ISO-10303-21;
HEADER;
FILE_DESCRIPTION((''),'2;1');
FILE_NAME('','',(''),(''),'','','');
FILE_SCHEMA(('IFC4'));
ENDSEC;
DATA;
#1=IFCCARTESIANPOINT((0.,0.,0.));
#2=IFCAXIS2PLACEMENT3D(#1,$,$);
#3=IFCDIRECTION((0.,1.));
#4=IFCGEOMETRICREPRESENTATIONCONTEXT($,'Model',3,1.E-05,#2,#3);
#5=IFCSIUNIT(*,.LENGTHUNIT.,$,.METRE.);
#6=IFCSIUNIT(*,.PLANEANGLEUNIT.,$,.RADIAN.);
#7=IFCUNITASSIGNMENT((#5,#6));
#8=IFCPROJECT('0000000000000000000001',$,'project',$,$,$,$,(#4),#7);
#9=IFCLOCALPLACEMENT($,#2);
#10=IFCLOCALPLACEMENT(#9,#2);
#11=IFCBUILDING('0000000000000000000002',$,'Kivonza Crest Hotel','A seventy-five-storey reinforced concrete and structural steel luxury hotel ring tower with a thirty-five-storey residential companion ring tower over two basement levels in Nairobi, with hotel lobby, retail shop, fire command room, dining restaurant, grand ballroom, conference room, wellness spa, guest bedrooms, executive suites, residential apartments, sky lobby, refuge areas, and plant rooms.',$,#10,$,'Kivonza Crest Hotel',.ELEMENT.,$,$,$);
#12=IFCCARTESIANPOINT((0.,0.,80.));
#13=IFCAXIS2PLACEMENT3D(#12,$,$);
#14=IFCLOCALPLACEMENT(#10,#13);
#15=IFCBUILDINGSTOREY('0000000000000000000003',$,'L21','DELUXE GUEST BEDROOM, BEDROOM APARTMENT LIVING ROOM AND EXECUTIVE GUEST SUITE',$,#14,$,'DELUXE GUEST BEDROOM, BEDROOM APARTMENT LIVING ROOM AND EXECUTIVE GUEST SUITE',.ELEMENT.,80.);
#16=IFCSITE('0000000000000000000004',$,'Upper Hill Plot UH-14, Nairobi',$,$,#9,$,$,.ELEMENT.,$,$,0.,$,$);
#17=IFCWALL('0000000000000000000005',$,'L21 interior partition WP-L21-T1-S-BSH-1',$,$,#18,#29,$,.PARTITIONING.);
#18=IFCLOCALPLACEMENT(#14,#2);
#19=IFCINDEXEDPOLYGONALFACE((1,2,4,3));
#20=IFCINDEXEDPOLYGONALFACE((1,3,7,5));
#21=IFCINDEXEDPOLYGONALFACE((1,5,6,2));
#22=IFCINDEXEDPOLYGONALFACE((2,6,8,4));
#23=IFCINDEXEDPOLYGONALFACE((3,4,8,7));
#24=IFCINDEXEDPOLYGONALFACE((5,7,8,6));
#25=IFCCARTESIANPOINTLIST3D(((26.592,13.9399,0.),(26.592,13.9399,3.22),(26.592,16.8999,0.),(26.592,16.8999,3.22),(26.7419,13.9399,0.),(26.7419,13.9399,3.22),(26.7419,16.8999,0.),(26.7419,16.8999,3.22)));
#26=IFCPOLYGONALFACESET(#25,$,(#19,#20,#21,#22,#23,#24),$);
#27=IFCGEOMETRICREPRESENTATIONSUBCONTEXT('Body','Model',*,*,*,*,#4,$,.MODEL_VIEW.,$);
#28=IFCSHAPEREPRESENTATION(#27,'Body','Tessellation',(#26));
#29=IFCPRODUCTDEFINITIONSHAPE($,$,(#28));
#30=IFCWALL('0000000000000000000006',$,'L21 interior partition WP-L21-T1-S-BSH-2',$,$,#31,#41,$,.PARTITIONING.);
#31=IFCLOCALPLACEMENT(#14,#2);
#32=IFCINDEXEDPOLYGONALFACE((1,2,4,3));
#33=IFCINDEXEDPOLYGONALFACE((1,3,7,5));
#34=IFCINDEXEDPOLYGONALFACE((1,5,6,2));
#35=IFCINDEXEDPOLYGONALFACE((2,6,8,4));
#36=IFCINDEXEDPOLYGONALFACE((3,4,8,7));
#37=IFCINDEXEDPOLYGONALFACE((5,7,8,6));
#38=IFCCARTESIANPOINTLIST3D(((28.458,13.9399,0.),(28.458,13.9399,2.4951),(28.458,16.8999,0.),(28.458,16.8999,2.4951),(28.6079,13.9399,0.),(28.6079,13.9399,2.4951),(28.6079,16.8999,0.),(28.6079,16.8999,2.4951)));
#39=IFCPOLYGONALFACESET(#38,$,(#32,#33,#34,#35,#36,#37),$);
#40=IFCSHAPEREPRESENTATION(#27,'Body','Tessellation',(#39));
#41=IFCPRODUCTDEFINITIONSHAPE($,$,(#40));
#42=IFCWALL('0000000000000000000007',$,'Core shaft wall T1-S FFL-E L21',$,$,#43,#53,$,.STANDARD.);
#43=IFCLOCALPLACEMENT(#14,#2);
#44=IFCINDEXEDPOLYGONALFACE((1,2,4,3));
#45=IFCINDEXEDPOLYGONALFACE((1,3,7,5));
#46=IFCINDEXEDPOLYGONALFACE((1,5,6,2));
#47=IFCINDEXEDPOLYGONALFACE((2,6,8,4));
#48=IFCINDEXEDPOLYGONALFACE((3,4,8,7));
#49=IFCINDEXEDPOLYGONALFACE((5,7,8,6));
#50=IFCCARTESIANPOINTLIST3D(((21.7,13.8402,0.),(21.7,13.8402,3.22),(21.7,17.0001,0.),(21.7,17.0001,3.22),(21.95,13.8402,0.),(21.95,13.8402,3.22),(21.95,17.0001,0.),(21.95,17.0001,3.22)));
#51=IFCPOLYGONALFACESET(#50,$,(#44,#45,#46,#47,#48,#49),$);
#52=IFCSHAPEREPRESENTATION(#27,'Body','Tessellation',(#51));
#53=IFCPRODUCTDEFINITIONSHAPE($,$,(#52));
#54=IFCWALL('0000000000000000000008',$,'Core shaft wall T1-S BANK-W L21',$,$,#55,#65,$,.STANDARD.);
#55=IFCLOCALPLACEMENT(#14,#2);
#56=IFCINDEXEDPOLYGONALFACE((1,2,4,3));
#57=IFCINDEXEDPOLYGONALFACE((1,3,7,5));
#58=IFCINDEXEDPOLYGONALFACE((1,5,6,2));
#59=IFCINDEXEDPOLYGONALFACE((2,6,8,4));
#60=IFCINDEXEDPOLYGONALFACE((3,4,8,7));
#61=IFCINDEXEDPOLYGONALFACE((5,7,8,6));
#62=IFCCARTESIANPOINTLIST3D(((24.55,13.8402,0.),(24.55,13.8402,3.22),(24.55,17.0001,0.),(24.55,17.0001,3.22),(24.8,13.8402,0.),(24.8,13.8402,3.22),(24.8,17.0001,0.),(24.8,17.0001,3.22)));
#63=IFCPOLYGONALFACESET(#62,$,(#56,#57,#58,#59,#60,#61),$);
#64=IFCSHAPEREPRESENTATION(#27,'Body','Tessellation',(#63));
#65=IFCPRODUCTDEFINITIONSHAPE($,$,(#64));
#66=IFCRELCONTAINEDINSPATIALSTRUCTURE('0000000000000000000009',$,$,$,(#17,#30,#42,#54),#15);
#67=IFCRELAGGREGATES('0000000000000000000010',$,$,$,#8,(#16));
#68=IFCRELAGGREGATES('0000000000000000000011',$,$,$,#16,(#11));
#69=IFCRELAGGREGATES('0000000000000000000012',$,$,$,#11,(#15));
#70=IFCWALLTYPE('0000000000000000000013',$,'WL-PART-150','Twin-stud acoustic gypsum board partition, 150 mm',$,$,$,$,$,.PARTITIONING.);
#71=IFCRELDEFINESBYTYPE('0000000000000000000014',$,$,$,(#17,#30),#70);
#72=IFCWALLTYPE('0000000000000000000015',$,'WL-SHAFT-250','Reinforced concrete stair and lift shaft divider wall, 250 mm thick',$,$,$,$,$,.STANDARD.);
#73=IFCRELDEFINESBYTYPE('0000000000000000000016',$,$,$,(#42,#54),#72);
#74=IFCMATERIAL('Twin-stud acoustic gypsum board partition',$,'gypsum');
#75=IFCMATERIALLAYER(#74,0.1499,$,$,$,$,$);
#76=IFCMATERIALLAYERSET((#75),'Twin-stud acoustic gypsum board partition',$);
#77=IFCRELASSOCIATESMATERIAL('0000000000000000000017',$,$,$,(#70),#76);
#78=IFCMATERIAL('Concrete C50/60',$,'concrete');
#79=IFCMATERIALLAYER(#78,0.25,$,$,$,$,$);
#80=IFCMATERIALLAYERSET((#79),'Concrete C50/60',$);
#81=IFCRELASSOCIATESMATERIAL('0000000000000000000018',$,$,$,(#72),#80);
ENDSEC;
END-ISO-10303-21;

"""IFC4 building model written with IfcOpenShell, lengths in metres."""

from ifc_helpers import new_model, si_unit, direction, frame, frame_2d, origin, place, context, subcontext, project, spatial, rectangle, extrude, material, layer, layer_set, type_object, element, save


model = new_model("IFC4")

# Units and contexts
model_context = context("Model", 3, precision=1e-05, world=origin(), true_north=direction((0.0, 1.0)))
body_context = subcontext(model_context, "Body", "Model", "MODEL_VIEW")
ifc_project = project(units=[si_unit("LENGTHUNIT", "METRE"), si_unit("PLANEANGLEUNIT", "RADIAN")], contexts=[model_context])

# Site, building, storey
site_placement = place(None, origin())
site = spatial("IfcSite", under=ifc_project, at=site_placement, Name="Upper Hill Plot UH-14, Nairobi", CompositionType="ELEMENT", RefElevation=0.0)
building_placement = place(site_placement, origin())
building = spatial("IfcBuilding", under=site, at=building_placement, Name="Kivonza Crest Hotel", Description="A seventy-five-storey reinforced concrete and structural steel luxury hotel ring tower with a thirty-five-storey residential companion ring tower over two basement levels in Nairobi, with hotel lobby, retail shop, fire command room, dining restaurant, grand ballroom, conference room, wellness spa, guest bedrooms, executive suites, residential apartments, sky lobby, refuge areas, and plant rooms.", LongName="Kivonza Crest Hotel", CompositionType="ELEMENT")
storey_placement = place(building_placement, frame((0.0, 0.0, 80.0)))
storey = spatial("IfcBuildingStorey", under=building, at=storey_placement, Name="L21", Description="DELUXE GUEST BEDROOM, BEDROOM APARTMENT LIVING ROOM AND EXECUTIVE GUEST SUITE", LongName="DELUXE GUEST BEDROOM, BEDROOM APARTMENT LIVING ROOM AND EXECUTIVE GUEST SUITE", CompositionType="ELEMENT", Elevation=80.0)

# Walls
ifc_material_1 = material(Name="Twin-stud acoustic gypsum board partition", Category="gypsum")
ifc_layer_1 = layer(ifc_material_1, 0.1499)
ifc_layer_set_1 = layer_set([ifc_layer_1], Name="Twin-stud acoustic gypsum board partition")
wall_type_1 = type_object("IfcWallType", Name="WL-PART-150", Description="Twin-stud acoustic gypsum board partition, 150 mm", PredefinedType="PARTITIONING", material=ifc_layer_set_1)
wall_1_placement = place(storey_placement, frame((26.667, 13.9399, 0.0), z_axis=(0.0, 0.0, 1.0), x_axis=(0.0, 1.0, 0.0)))
element("IfcWall", 1, at=wall_1_placement, inside=storey, type_object=wall_type_1, Name="L21 interior partition WP-L21-T1-S-BSH-1", PredefinedType="PARTITIONING", context=body_context, shape_type="SweptSolid", body=[
    extrude(rectangle(XDim=2.96, YDim=0.1499, at=frame_2d((1.48, 0.0))), origin(), (0.0, 0.0, 1.0), 3.22),
])
wall_2_placement = place(storey_placement, frame((28.533, 13.9399, 0.0), z_axis=(0.0, 0.0, 1.0), x_axis=(0.0, 1.0, 0.0)))
element("IfcWall", 2, at=wall_2_placement, inside=storey, type_object=wall_type_1, Name="L21 interior partition WP-L21-T1-S-BSH-2", PredefinedType="PARTITIONING", context=body_context, shape_type="SweptSolid", body=[
    extrude(rectangle(XDim=2.96, YDim=0.1499, at=frame_2d((1.48, 0.0))), origin(), (0.0, 0.0, 1.0), 2.4951),
])

# Shared definitions
ifc_material_2 = material(Name="Concrete C50/60", Category="concrete")
ifc_layer_2 = layer(ifc_material_2, 0.25)
ifc_layer_set_2 = layer_set([ifc_layer_2], Name="Concrete C50/60")
wall_type_2 = type_object("IfcWallType", Name="WL-SHAFT-250", Description="Reinforced concrete stair and lift shaft divider wall, 250 mm thick", PredefinedType="STANDARD", material=ifc_layer_set_2)

# Walls
for number, where, z_axis, x_axis, name in (
    (3, (21.825, 13.8401, 0.0), (0.0, 0.0, 1.0), (0.0, 1.0, 0.0), "Core shaft wall T1-S FFL-E L21"),
    (4, (24.675, 13.8401, 0.0), (0.0, 0.0, 1.0), (0.0, 1.0, 0.0), "Core shaft wall T1-S BANK-W L21"),
):
    element("IfcWall", number, at=place(storey_placement, frame(where, z_axis=z_axis, x_axis=x_axis)), inside=storey, type_object=wall_type_2, Name=name, PredefinedType="STANDARD", context=body_context, shape_type="SweptSolid", body=[
        extrude(rectangle(XDim=3.1599, YDim=0.25, at=frame_2d((1.5801, 0.0))), origin(), (0.0, 0.0, 1.0), 3.22),
    ])

save(model, "model.ifc")
